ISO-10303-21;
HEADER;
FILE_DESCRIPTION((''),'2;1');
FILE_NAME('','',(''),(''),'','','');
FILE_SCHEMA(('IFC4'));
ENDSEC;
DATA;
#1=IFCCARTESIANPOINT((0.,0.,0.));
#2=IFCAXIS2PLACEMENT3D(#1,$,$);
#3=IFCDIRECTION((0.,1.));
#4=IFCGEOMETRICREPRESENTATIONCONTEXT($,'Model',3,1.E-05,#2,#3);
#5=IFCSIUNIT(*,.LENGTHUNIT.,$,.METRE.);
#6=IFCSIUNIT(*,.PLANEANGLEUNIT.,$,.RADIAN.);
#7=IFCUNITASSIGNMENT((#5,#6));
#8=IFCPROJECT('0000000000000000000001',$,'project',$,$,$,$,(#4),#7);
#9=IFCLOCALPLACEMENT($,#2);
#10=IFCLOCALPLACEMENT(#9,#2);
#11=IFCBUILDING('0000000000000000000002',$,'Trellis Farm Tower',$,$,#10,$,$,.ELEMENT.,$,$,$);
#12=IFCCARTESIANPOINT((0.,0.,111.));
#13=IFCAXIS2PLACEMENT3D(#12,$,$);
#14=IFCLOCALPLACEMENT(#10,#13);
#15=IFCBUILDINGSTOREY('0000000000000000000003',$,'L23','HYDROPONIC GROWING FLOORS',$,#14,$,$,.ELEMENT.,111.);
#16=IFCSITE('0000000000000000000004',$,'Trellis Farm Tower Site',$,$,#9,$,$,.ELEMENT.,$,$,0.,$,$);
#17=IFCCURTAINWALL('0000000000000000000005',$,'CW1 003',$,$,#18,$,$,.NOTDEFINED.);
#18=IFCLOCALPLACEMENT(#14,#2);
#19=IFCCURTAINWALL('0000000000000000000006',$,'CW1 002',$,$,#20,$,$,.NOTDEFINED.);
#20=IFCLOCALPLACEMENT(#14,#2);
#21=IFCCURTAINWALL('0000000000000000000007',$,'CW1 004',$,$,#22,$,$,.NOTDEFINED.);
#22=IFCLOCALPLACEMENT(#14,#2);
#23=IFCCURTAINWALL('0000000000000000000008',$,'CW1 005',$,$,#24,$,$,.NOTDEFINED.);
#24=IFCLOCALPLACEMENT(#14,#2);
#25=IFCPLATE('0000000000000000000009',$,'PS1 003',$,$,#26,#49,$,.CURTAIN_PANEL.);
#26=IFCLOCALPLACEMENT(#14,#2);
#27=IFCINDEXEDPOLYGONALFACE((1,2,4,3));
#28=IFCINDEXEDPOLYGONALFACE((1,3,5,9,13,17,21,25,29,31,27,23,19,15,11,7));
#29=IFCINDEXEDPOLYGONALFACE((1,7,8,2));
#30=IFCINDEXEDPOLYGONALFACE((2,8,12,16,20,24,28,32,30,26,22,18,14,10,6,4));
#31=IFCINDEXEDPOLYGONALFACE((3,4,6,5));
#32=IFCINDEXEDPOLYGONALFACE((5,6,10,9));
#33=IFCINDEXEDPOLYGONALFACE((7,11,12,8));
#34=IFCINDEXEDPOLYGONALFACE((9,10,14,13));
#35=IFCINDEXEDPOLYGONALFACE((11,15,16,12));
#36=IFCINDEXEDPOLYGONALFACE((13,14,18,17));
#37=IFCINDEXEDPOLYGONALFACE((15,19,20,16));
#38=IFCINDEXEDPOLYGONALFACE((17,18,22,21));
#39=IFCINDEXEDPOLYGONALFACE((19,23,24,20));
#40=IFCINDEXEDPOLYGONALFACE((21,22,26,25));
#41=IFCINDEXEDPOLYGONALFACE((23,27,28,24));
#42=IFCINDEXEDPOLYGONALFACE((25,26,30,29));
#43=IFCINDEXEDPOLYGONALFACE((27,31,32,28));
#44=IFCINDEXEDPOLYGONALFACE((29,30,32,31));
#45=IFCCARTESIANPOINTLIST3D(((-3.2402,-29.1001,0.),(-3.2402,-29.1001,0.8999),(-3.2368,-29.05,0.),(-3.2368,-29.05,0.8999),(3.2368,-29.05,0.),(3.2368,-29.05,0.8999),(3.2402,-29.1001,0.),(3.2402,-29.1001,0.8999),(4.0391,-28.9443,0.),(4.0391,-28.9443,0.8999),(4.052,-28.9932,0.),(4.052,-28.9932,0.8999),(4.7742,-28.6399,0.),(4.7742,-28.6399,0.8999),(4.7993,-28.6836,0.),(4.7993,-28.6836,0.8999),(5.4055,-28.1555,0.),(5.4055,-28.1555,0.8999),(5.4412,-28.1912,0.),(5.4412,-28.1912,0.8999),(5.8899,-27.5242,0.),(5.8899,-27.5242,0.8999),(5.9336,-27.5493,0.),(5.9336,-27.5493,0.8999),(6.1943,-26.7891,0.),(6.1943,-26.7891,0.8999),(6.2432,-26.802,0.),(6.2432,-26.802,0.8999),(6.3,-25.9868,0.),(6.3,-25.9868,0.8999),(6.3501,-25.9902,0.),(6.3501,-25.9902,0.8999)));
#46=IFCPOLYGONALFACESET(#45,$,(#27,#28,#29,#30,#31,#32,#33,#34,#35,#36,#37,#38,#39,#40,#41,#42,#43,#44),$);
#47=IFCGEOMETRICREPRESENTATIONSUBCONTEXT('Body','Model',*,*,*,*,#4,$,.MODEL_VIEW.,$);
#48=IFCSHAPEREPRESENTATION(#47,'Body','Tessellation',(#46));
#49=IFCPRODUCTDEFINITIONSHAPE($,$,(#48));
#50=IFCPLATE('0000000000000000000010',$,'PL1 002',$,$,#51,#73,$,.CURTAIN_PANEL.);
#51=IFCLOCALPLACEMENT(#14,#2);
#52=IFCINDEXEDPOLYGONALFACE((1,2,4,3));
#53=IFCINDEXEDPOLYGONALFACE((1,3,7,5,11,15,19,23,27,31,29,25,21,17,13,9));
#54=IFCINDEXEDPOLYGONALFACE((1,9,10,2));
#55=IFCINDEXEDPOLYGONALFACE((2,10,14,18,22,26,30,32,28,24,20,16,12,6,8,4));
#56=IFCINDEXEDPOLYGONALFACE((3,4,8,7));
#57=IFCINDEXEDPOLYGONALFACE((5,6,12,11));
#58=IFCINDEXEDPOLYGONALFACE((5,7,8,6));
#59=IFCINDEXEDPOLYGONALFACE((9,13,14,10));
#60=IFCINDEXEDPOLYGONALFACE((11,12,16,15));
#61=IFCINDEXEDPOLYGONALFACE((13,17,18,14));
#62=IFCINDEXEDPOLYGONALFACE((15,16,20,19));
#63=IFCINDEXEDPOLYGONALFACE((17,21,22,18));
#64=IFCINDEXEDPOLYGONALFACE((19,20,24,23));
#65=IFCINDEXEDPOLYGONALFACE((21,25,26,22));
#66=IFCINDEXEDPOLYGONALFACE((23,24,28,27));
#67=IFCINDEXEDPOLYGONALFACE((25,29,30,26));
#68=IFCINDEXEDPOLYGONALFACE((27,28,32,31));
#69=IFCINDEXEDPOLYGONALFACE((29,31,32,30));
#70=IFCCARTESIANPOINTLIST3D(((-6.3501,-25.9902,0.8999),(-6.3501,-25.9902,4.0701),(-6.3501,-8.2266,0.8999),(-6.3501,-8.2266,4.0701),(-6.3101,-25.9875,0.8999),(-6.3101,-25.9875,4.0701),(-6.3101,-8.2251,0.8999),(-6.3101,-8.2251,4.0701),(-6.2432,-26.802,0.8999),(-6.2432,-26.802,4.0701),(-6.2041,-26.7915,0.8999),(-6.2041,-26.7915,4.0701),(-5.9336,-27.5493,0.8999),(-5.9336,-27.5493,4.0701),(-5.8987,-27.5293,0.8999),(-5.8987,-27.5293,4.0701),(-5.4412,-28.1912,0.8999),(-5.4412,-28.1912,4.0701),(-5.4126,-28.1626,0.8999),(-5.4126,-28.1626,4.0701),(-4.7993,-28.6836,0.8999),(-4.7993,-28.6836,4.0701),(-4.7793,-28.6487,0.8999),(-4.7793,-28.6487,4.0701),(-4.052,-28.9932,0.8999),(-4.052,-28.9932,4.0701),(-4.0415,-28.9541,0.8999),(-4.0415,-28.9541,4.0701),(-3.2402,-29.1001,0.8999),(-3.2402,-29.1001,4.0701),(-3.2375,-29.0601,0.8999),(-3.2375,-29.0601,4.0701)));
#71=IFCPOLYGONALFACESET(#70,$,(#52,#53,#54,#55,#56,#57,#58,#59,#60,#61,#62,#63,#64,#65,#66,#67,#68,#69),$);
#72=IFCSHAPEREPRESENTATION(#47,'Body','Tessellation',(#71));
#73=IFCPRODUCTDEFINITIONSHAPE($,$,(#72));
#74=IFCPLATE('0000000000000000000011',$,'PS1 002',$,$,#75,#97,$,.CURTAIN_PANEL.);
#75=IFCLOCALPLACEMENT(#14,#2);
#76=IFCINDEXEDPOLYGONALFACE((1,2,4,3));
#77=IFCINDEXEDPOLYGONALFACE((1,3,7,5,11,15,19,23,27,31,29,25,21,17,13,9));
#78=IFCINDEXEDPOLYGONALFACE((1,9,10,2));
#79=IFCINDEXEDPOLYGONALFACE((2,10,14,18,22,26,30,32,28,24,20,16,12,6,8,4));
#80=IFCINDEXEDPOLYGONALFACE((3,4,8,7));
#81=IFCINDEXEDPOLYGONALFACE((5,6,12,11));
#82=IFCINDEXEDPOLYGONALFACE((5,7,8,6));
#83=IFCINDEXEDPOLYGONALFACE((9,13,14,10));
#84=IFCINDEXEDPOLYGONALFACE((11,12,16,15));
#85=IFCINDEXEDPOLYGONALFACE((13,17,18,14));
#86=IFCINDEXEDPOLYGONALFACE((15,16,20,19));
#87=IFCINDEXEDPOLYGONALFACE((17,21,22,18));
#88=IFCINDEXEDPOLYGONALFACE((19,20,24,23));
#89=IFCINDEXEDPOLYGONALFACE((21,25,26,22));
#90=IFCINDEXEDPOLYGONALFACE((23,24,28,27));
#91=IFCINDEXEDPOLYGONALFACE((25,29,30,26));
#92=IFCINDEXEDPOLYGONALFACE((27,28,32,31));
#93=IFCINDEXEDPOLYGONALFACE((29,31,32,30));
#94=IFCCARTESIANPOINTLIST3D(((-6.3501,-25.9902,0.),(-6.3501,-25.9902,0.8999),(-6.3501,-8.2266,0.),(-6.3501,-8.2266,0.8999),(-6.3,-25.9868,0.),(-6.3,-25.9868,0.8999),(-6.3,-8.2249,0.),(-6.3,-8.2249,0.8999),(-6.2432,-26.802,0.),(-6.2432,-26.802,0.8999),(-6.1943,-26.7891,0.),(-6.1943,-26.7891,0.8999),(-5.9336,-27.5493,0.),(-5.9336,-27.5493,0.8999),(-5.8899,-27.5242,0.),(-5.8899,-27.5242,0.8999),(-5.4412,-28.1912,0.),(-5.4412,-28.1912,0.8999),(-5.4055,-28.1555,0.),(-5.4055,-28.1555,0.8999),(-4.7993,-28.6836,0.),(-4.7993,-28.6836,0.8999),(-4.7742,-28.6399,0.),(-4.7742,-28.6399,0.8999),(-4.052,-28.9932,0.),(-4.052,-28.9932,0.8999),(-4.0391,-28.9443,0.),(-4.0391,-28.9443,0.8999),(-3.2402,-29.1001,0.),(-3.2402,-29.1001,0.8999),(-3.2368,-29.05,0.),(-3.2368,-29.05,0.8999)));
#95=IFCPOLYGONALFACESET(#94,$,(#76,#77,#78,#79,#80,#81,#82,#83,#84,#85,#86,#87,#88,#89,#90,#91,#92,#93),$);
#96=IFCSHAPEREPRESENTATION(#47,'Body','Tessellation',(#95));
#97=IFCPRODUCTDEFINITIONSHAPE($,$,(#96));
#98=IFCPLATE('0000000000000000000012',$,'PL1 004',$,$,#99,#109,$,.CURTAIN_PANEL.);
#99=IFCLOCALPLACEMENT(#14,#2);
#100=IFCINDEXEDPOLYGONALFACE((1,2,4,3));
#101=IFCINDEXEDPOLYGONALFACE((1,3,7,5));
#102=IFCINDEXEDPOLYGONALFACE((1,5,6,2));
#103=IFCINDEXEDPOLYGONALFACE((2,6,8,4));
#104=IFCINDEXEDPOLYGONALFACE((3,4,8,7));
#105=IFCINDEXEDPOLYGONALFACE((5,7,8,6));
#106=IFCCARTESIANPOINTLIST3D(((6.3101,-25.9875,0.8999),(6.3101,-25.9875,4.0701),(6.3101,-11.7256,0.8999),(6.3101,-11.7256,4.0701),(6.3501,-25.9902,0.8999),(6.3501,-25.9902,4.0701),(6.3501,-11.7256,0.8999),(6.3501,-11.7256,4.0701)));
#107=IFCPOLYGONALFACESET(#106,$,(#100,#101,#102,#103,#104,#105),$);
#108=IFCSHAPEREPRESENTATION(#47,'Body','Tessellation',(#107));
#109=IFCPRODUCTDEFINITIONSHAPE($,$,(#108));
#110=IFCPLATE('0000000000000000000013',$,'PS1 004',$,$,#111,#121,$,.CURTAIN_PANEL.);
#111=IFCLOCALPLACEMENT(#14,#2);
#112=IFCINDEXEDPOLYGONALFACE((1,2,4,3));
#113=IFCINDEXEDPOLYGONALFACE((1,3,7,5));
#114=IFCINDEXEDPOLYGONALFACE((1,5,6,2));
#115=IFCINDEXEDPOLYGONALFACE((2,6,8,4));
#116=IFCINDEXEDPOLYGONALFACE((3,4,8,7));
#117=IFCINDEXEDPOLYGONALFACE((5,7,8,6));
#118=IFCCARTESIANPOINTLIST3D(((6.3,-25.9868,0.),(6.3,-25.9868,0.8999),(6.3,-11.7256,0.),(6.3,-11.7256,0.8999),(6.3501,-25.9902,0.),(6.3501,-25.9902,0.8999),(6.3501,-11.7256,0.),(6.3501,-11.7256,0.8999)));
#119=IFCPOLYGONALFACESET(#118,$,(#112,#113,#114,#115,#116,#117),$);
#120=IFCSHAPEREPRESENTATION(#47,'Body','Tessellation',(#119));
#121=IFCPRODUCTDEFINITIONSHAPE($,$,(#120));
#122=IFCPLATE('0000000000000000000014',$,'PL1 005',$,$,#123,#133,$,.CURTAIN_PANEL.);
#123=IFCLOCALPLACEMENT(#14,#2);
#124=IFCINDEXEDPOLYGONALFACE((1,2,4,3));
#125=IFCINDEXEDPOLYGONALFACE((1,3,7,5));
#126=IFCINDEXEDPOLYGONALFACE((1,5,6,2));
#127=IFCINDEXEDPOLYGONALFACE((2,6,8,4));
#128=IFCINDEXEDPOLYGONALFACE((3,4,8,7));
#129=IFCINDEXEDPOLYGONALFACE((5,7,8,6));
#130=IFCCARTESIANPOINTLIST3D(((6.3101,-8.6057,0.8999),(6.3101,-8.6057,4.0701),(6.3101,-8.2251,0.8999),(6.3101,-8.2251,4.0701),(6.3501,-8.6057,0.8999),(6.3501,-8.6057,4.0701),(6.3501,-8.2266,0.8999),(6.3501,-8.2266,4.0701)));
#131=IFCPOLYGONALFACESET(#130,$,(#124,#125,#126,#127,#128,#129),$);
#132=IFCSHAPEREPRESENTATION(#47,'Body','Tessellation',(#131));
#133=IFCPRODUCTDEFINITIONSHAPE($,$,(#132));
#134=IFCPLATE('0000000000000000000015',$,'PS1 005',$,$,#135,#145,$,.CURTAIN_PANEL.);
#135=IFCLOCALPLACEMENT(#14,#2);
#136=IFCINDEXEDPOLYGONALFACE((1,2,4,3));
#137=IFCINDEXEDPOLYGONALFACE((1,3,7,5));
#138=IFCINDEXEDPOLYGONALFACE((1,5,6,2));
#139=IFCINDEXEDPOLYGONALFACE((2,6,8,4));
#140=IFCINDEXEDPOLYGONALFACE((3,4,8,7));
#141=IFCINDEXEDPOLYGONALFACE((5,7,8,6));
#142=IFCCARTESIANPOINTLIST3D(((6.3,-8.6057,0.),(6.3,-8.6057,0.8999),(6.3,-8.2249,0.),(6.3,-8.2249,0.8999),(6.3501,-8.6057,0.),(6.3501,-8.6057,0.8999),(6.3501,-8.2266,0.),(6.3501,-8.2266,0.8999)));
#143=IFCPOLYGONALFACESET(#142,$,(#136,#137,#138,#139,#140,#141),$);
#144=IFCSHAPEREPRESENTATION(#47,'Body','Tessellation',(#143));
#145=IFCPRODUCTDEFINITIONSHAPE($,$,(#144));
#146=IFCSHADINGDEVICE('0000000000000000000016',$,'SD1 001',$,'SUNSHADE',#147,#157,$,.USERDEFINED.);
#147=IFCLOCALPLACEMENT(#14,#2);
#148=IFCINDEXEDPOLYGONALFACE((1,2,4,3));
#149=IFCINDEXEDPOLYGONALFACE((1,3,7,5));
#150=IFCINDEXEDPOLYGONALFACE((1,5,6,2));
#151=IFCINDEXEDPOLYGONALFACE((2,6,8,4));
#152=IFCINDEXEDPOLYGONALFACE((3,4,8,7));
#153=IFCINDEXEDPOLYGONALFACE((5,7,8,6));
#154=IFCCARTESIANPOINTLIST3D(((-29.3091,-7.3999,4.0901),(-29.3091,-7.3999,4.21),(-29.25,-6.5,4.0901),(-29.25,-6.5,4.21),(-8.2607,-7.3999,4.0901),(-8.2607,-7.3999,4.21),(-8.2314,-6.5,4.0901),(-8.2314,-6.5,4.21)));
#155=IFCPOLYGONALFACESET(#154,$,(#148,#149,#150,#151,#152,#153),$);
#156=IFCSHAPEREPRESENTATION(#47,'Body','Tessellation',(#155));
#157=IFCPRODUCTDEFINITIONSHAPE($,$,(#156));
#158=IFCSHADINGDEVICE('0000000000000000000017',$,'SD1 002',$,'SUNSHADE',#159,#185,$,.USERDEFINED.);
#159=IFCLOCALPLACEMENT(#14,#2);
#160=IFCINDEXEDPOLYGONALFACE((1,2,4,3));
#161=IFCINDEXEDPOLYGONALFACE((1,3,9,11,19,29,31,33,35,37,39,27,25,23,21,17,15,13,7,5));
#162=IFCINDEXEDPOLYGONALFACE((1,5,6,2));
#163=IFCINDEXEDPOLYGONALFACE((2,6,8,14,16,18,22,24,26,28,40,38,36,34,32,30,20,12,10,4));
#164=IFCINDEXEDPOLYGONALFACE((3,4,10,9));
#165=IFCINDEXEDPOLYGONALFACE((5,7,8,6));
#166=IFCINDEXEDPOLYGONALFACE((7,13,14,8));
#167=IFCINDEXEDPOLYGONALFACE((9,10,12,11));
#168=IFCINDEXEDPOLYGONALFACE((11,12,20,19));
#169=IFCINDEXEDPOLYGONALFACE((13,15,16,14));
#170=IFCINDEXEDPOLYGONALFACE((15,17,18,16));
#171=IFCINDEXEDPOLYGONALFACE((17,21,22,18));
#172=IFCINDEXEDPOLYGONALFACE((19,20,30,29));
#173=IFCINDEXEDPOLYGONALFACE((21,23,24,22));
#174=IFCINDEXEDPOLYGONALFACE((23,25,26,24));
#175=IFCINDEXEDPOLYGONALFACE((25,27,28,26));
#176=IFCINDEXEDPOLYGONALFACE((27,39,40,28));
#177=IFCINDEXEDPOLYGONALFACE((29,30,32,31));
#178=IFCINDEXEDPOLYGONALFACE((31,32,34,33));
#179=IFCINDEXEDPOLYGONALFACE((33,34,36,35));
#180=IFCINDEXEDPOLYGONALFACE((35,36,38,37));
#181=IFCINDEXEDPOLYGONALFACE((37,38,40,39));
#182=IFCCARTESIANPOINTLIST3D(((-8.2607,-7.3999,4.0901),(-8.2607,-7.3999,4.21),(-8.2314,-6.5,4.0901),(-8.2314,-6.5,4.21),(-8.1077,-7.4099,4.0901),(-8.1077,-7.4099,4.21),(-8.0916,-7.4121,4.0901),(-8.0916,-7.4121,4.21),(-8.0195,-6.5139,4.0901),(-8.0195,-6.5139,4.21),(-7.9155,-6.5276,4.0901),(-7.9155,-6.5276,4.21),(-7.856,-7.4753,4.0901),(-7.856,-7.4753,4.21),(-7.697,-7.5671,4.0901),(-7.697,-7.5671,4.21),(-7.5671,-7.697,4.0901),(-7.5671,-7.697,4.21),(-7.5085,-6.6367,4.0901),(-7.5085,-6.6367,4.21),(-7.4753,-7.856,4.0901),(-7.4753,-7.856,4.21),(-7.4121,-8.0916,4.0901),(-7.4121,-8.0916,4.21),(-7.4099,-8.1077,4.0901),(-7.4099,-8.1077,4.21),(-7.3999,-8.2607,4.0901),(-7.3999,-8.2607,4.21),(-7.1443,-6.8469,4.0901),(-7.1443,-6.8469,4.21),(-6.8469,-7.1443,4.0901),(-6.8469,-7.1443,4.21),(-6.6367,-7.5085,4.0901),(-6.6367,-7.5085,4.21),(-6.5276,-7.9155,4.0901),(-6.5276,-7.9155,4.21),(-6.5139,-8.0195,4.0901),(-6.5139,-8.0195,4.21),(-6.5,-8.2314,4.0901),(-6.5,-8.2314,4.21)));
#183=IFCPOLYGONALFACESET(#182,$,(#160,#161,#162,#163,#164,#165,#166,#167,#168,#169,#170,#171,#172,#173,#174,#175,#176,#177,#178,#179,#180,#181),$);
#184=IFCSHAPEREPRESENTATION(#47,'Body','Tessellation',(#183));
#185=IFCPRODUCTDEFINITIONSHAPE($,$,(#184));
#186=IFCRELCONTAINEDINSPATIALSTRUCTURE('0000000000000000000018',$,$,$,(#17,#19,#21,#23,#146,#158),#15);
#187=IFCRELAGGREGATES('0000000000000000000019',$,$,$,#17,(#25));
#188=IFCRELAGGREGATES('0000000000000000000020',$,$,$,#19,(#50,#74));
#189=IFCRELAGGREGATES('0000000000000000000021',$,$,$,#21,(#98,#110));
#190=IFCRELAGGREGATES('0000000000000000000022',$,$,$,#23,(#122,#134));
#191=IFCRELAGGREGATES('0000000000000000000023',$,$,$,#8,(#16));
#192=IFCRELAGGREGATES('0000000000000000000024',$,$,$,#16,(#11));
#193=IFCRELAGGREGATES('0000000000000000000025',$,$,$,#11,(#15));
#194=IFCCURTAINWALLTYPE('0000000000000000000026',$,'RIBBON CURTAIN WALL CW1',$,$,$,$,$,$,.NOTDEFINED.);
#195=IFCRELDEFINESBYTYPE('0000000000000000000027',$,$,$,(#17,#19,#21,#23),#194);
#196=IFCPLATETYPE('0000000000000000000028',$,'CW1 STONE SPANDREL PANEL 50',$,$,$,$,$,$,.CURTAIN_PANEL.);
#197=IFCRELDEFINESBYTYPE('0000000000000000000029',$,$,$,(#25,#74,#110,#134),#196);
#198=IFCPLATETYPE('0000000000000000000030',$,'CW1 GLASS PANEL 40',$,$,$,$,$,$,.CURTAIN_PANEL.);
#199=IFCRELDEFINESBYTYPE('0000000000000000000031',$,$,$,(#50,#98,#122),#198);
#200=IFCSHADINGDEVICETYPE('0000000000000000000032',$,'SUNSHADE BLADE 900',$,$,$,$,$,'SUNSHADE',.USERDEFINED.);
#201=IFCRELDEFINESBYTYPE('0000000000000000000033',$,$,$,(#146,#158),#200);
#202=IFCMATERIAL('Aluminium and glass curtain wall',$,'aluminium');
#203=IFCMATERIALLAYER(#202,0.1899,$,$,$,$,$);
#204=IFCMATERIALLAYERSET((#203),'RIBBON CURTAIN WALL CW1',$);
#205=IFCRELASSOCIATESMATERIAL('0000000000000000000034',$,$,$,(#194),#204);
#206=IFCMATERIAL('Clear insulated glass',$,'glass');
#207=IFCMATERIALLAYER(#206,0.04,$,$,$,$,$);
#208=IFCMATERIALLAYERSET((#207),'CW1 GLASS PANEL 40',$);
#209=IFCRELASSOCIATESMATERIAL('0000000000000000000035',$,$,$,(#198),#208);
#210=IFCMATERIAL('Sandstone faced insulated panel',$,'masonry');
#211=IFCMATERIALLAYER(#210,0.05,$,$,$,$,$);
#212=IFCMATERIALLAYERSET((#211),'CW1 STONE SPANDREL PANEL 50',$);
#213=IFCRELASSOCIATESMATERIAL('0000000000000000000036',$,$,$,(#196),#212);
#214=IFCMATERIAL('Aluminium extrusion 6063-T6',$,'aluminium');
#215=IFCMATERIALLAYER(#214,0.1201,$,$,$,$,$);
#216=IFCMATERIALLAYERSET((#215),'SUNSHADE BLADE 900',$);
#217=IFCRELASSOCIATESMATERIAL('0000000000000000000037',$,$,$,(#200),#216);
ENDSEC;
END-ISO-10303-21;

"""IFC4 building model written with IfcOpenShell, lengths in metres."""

from ifc_helpers import new_model, si_unit, direction, frame, origin, place, context, subcontext, project, spatial, polyline, outline, extrude, source, transform, mapped, material, layer, layer_set, type_object, element, aggregate, save


model = new_model("IFC4")

# Units and contexts
model_context = context("Model", 3, precision=1e-05, world=origin(), true_north=direction((0.0, 1.0)))
body_context = subcontext(model_context, "Body", "Model", "MODEL_VIEW")
ifc_project = project(units=[si_unit("LENGTHUNIT", "METRE"), si_unit("PLANEANGLEUNIT", "RADIAN")], contexts=[model_context])

# Site, building, storey
site_placement = place(None, origin())
site = spatial("IfcSite", under=ifc_project, at=site_placement, Name="Trellis Farm Tower Site", CompositionType="ELEMENT", RefElevation=0.0)
building_placement = place(site_placement, origin())
building = spatial("IfcBuilding", under=site, at=building_placement, Name="Trellis Farm Tower", CompositionType="ELEMENT")
storey_placement = place(building_placement, frame((0.0, 0.0, 111.0)))
storey = spatial("IfcBuildingStorey", under=building, at=storey_placement, Name="L23", Description="HYDROPONIC GROWING FLOORS", CompositionType="ELEMENT", Elevation=111.0)

# Curtain walls
ifc_material_1 = material(Name="Aluminium and glass curtain wall", Category="aluminium")
placement_1 = place(storey_placement, origin())
ifc_material_2 = material(Name="Aluminium extrusion 6063-T6", Category="aluminium")
ifc_layer_1 = layer(ifc_material_1, 0.1899)
ifc_layer_set_1 = layer_set([ifc_layer_1], Name="RIBBON CURTAIN WALL CW1")
curtain_wall_type_1 = type_object("IfcCurtainWallType", Name="RIBBON CURTAIN WALL CW1", PredefinedType="NOTDEFINED", material=ifc_layer_set_1)
curtain_wall_1 = element("IfcCurtainWall", 1, at=placement_1, inside=storey, type_object=curtain_wall_type_1, Name="CW1 003", PredefinedType="NOTDEFINED")
curtain_wall_2 = element("IfcCurtainWall", 2, at=placement_1, inside=storey, type_object=curtain_wall_type_1, Name="CW1 002", PredefinedType="NOTDEFINED")
curtain_wall_3 = element("IfcCurtainWall", 3, at=placement_1, inside=storey, type_object=curtain_wall_type_1, Name="CW1 004", PredefinedType="NOTDEFINED")
curtain_wall_4 = element("IfcCurtainWall", 4, at=placement_1, inside=storey, type_object=curtain_wall_type_1, Name="CW1 005", PredefinedType="NOTDEFINED")

# Plates
ifc_material_3 = material(Name="Clear insulated glass", Category="glass")
ifc_layer_2 = layer(ifc_material_3, 0.04)
ifc_layer_set_2 = layer_set([ifc_layer_2], Name="CW1 GLASS PANEL 40")
plate_type_1 = type_object("IfcPlateType", Name="CW1 GLASS PANEL 40", PredefinedType="CURTAIN_PANEL", material=ifc_layer_set_2)
placement_2 = place(storey_placement, frame((0.0, 0.0, 0.8999)))
ifc_material_4 = material(Name="Sandstone faced insulated panel", Category="masonry")
ifc_layer_3 = layer(ifc_material_4, 0.05)
ifc_layer_set_3 = layer_set([ifc_layer_3], Name="CW1 STONE SPANDREL PANEL 50")
plate_type_2 = type_object("IfcPlateType", Name="CW1 STONE SPANDREL PANEL 50", PredefinedType="CURTAIN_PANEL", material=ifc_layer_set_3)
shared_shape_1 = source(origin(), body_context, "Body", "SweptSolid", [
    extrude(outline(polyline([(-3.2402, -29.1001), (3.2402, -29.1001), (4.052, -28.9932), (4.7993, -28.6836), (5.4412, -28.1912), (5.9336, -27.5493), (6.2432, -26.802), (6.3501, -25.9902), (6.3, -25.9868), (6.1943, -26.7891), (5.8899, -27.5242), (5.4055, -28.1555), (4.7742, -28.6399), (4.0391, -28.9443), (3.2368, -29.05), (-3.2368, -29.05), (-3.2402, -29.1001)])), origin(), (0.0, 0.0, 1.0), 0.8999),
])
plate_1 = element("IfcPlate", 5, at=placement_1, type_object=plate_type_2, Name="PS1 003", PredefinedType="CURTAIN_PANEL", context=body_context, shape_type="MappedRepresentation", body=[
    mapped(shared_shape_1, transform((0.0, 0.0, 0.0))),
])
aggregate(curtain_wall_1, [plate_1])
shared_shape_2 = source(origin(), body_context, "Body", "SweptSolid", [
    extrude(outline(polyline([(-6.3501, -8.2266), (-6.3501, -25.9902), (-6.2432, -26.802), (-5.9336, -27.5493), (-5.4412, -28.1912), (-4.7993, -28.6836), (-4.052, -28.9932), (-3.2402, -29.1001), (-3.2375, -29.0601), (-4.0415, -28.9541), (-4.7793, -28.6487), (-5.4126, -28.1626), (-5.8987, -27.5293), (-6.2041, -26.7915), (-6.3101, -25.9875), (-6.3101, -8.2251), (-6.3501, -8.2266)])), origin(), (0.0, 0.0, 1.0), 3.1702),
])
plate_2 = element("IfcPlate", 6, at=placement_2, type_object=plate_type_1, Name="PL1 002", PredefinedType="CURTAIN_PANEL", context=body_context, shape_type="MappedRepresentation", body=[
    mapped(shared_shape_2, transform((0.0, 0.0, 0.0))),
])
shared_shape_3 = source(origin(), body_context, "Body", "SweptSolid", [
    extrude(outline(polyline([(-6.3501, -8.2266), (-6.3501, -25.9902), (-6.2432, -26.802), (-5.9336, -27.5493), (-5.4412, -28.1912), (-4.7993, -28.6836), (-4.052, -28.9932), (-3.2402, -29.1001), (-3.2368, -29.05), (-4.0391, -28.9443), (-4.7742, -28.6399), (-5.4055, -28.1555), (-5.8899, -27.5242), (-6.1943, -26.7891), (-6.3, -25.9868), (-6.3, -8.2249), (-6.3501, -8.2266)])), origin(), (0.0, 0.0, 1.0), 0.8999),
])
plate_3 = element("IfcPlate", 7, at=placement_1, type_object=plate_type_2, Name="PS1 002", PredefinedType="CURTAIN_PANEL", context=body_context, shape_type="MappedRepresentation", body=[
    mapped(shared_shape_3, transform((0.0, 0.0, 0.0))),
])
aggregate(curtain_wall_2, [plate_2, plate_3])
shared_shape_4 = source(origin(), body_context, "Body", "SweptSolid", [
    extrude(outline(polyline([(6.3501, -25.9902), (6.3501, -11.7256), (6.3101, -11.7256), (6.3101, -25.9875), (6.3501, -25.9902)])), origin(), (0.0, 0.0, 1.0), 3.1702),
])
plate_4 = element("IfcPlate", 8, at=placement_2, type_object=plate_type_1, Name="PL1 004", PredefinedType="CURTAIN_PANEL", context=body_context, shape_type="MappedRepresentation", body=[
    mapped(shared_shape_4, transform((0.0, 0.0, 0.0))),
])
shared_shape_5 = source(origin(), body_context, "Body", "SweptSolid", [
    extrude(outline(polyline([(6.3501, -25.9902), (6.3501, -11.7256), (6.3, -11.7256), (6.3, -25.9868), (6.3501, -25.9902)])), origin(), (0.0, 0.0, 1.0), 0.8999),
])
plate_5 = element("IfcPlate", 9, at=placement_1, type_object=plate_type_2, Name="PS1 004", PredefinedType="CURTAIN_PANEL", context=body_context, shape_type="MappedRepresentation", body=[
    mapped(shared_shape_5, transform((0.0, 0.0, 0.0))),
])
aggregate(curtain_wall_3, [plate_4, plate_5])
shared_shape_6 = source(origin(), body_context, "Body", "SweptSolid", [
    extrude(outline(polyline([(6.3501, -8.6057), (6.3501, -8.2266), (6.3101, -8.2251), (6.3101, -8.6057), (6.3501, -8.6057)])), origin(), (0.0, 0.0, 1.0), 3.1702),
])
plate_6 = element("IfcPlate", 10, at=placement_2, type_object=plate_type_1, Name="PL1 005", PredefinedType="CURTAIN_PANEL", context=body_context, shape_type="MappedRepresentation", body=[
    mapped(shared_shape_6, transform((0.0, 0.0, 0.0))),
])
shared_shape_7 = source(origin(), body_context, "Body", "SweptSolid", [
    extrude(outline(polyline([(6.3501, -8.6057), (6.3501, -8.2266), (6.3, -8.2249), (6.3, -8.6057), (6.3501, -8.6057)])), origin(), (0.0, 0.0, 1.0), 0.8999),
])
plate_7 = element("IfcPlate", 11, at=placement_1, type_object=plate_type_2, Name="PS1 005", PredefinedType="CURTAIN_PANEL", context=body_context, shape_type="MappedRepresentation", body=[
    mapped(shared_shape_7, transform((0.0, 0.0, 0.0))),
])
aggregate(curtain_wall_4, [plate_6, plate_7])

# Shading devices
ifc_layer_4 = layer(ifc_material_2, 0.1201)
ifc_layer_set_4 = layer_set([ifc_layer_4], Name="SUNSHADE BLADE 900")
shading_device_type_1 = type_object("IfcShadingDeviceType", Name="SUNSHADE BLADE 900", ElementType="SUNSHADE", PredefinedType="USERDEFINED", material=ifc_layer_set_4)
shared_shape_8 = source(origin(), body_context, "Body", "SweptSolid", [
    extrude(outline(polyline([(-29.3091, -7.3999), (-8.2607, -7.3999), (-8.2314, -6.5), (-29.25, -6.5), (-29.3091, -7.3999)])), origin(), (0.0, 0.0, 1.0), 0.1199),
])
placement_3 = place(storey_placement, frame((0.0, 0.0, 4.0901)))
element("IfcShadingDevice", 12, at=placement_3, inside=storey, type_object=shading_device_type_1, Name="SD1 001", ObjectType="SUNSHADE", PredefinedType="USERDEFINED", context=body_context, shape_type="MappedRepresentation", body=[
    mapped(shared_shape_8, transform((0.0, 0.0, 0.0))),
])
shared_shape_9 = source(origin(), body_context, "Body", "SweptSolid", [
    extrude(outline(polyline([(-8.2607, -7.3999), (-8.1077, -7.4099), (-8.0916, -7.4121), (-7.856, -7.4753), (-7.697, -7.5671), (-7.5671, -7.697), (-7.4753, -7.856), (-7.4121, -8.0916), (-7.4099, -8.1077), (-7.3999, -8.2607), (-6.5, -8.2314), (-6.5139, -8.0195), (-6.5276, -7.9155), (-6.6367, -7.5085), (-6.8469, -7.1443), (-7.1443, -6.8469), (-7.5085, -6.6367), (-7.9155, -6.5276), (-8.0195, -6.5139), (-8.2314, -6.5), (-8.2607, -7.3999)])), origin(), (0.0, 0.0, 1.0), 0.1199),
])
element("IfcShadingDevice", 13, at=placement_3, inside=storey, type_object=shading_device_type_1, Name="SD1 002", ObjectType="SUNSHADE", PredefinedType="USERDEFINED", context=body_context, shape_type="MappedRepresentation", body=[
    mapped(shared_shape_9, transform((0.0, 0.0, 0.0))),
])

save(model, "model.ifc")
